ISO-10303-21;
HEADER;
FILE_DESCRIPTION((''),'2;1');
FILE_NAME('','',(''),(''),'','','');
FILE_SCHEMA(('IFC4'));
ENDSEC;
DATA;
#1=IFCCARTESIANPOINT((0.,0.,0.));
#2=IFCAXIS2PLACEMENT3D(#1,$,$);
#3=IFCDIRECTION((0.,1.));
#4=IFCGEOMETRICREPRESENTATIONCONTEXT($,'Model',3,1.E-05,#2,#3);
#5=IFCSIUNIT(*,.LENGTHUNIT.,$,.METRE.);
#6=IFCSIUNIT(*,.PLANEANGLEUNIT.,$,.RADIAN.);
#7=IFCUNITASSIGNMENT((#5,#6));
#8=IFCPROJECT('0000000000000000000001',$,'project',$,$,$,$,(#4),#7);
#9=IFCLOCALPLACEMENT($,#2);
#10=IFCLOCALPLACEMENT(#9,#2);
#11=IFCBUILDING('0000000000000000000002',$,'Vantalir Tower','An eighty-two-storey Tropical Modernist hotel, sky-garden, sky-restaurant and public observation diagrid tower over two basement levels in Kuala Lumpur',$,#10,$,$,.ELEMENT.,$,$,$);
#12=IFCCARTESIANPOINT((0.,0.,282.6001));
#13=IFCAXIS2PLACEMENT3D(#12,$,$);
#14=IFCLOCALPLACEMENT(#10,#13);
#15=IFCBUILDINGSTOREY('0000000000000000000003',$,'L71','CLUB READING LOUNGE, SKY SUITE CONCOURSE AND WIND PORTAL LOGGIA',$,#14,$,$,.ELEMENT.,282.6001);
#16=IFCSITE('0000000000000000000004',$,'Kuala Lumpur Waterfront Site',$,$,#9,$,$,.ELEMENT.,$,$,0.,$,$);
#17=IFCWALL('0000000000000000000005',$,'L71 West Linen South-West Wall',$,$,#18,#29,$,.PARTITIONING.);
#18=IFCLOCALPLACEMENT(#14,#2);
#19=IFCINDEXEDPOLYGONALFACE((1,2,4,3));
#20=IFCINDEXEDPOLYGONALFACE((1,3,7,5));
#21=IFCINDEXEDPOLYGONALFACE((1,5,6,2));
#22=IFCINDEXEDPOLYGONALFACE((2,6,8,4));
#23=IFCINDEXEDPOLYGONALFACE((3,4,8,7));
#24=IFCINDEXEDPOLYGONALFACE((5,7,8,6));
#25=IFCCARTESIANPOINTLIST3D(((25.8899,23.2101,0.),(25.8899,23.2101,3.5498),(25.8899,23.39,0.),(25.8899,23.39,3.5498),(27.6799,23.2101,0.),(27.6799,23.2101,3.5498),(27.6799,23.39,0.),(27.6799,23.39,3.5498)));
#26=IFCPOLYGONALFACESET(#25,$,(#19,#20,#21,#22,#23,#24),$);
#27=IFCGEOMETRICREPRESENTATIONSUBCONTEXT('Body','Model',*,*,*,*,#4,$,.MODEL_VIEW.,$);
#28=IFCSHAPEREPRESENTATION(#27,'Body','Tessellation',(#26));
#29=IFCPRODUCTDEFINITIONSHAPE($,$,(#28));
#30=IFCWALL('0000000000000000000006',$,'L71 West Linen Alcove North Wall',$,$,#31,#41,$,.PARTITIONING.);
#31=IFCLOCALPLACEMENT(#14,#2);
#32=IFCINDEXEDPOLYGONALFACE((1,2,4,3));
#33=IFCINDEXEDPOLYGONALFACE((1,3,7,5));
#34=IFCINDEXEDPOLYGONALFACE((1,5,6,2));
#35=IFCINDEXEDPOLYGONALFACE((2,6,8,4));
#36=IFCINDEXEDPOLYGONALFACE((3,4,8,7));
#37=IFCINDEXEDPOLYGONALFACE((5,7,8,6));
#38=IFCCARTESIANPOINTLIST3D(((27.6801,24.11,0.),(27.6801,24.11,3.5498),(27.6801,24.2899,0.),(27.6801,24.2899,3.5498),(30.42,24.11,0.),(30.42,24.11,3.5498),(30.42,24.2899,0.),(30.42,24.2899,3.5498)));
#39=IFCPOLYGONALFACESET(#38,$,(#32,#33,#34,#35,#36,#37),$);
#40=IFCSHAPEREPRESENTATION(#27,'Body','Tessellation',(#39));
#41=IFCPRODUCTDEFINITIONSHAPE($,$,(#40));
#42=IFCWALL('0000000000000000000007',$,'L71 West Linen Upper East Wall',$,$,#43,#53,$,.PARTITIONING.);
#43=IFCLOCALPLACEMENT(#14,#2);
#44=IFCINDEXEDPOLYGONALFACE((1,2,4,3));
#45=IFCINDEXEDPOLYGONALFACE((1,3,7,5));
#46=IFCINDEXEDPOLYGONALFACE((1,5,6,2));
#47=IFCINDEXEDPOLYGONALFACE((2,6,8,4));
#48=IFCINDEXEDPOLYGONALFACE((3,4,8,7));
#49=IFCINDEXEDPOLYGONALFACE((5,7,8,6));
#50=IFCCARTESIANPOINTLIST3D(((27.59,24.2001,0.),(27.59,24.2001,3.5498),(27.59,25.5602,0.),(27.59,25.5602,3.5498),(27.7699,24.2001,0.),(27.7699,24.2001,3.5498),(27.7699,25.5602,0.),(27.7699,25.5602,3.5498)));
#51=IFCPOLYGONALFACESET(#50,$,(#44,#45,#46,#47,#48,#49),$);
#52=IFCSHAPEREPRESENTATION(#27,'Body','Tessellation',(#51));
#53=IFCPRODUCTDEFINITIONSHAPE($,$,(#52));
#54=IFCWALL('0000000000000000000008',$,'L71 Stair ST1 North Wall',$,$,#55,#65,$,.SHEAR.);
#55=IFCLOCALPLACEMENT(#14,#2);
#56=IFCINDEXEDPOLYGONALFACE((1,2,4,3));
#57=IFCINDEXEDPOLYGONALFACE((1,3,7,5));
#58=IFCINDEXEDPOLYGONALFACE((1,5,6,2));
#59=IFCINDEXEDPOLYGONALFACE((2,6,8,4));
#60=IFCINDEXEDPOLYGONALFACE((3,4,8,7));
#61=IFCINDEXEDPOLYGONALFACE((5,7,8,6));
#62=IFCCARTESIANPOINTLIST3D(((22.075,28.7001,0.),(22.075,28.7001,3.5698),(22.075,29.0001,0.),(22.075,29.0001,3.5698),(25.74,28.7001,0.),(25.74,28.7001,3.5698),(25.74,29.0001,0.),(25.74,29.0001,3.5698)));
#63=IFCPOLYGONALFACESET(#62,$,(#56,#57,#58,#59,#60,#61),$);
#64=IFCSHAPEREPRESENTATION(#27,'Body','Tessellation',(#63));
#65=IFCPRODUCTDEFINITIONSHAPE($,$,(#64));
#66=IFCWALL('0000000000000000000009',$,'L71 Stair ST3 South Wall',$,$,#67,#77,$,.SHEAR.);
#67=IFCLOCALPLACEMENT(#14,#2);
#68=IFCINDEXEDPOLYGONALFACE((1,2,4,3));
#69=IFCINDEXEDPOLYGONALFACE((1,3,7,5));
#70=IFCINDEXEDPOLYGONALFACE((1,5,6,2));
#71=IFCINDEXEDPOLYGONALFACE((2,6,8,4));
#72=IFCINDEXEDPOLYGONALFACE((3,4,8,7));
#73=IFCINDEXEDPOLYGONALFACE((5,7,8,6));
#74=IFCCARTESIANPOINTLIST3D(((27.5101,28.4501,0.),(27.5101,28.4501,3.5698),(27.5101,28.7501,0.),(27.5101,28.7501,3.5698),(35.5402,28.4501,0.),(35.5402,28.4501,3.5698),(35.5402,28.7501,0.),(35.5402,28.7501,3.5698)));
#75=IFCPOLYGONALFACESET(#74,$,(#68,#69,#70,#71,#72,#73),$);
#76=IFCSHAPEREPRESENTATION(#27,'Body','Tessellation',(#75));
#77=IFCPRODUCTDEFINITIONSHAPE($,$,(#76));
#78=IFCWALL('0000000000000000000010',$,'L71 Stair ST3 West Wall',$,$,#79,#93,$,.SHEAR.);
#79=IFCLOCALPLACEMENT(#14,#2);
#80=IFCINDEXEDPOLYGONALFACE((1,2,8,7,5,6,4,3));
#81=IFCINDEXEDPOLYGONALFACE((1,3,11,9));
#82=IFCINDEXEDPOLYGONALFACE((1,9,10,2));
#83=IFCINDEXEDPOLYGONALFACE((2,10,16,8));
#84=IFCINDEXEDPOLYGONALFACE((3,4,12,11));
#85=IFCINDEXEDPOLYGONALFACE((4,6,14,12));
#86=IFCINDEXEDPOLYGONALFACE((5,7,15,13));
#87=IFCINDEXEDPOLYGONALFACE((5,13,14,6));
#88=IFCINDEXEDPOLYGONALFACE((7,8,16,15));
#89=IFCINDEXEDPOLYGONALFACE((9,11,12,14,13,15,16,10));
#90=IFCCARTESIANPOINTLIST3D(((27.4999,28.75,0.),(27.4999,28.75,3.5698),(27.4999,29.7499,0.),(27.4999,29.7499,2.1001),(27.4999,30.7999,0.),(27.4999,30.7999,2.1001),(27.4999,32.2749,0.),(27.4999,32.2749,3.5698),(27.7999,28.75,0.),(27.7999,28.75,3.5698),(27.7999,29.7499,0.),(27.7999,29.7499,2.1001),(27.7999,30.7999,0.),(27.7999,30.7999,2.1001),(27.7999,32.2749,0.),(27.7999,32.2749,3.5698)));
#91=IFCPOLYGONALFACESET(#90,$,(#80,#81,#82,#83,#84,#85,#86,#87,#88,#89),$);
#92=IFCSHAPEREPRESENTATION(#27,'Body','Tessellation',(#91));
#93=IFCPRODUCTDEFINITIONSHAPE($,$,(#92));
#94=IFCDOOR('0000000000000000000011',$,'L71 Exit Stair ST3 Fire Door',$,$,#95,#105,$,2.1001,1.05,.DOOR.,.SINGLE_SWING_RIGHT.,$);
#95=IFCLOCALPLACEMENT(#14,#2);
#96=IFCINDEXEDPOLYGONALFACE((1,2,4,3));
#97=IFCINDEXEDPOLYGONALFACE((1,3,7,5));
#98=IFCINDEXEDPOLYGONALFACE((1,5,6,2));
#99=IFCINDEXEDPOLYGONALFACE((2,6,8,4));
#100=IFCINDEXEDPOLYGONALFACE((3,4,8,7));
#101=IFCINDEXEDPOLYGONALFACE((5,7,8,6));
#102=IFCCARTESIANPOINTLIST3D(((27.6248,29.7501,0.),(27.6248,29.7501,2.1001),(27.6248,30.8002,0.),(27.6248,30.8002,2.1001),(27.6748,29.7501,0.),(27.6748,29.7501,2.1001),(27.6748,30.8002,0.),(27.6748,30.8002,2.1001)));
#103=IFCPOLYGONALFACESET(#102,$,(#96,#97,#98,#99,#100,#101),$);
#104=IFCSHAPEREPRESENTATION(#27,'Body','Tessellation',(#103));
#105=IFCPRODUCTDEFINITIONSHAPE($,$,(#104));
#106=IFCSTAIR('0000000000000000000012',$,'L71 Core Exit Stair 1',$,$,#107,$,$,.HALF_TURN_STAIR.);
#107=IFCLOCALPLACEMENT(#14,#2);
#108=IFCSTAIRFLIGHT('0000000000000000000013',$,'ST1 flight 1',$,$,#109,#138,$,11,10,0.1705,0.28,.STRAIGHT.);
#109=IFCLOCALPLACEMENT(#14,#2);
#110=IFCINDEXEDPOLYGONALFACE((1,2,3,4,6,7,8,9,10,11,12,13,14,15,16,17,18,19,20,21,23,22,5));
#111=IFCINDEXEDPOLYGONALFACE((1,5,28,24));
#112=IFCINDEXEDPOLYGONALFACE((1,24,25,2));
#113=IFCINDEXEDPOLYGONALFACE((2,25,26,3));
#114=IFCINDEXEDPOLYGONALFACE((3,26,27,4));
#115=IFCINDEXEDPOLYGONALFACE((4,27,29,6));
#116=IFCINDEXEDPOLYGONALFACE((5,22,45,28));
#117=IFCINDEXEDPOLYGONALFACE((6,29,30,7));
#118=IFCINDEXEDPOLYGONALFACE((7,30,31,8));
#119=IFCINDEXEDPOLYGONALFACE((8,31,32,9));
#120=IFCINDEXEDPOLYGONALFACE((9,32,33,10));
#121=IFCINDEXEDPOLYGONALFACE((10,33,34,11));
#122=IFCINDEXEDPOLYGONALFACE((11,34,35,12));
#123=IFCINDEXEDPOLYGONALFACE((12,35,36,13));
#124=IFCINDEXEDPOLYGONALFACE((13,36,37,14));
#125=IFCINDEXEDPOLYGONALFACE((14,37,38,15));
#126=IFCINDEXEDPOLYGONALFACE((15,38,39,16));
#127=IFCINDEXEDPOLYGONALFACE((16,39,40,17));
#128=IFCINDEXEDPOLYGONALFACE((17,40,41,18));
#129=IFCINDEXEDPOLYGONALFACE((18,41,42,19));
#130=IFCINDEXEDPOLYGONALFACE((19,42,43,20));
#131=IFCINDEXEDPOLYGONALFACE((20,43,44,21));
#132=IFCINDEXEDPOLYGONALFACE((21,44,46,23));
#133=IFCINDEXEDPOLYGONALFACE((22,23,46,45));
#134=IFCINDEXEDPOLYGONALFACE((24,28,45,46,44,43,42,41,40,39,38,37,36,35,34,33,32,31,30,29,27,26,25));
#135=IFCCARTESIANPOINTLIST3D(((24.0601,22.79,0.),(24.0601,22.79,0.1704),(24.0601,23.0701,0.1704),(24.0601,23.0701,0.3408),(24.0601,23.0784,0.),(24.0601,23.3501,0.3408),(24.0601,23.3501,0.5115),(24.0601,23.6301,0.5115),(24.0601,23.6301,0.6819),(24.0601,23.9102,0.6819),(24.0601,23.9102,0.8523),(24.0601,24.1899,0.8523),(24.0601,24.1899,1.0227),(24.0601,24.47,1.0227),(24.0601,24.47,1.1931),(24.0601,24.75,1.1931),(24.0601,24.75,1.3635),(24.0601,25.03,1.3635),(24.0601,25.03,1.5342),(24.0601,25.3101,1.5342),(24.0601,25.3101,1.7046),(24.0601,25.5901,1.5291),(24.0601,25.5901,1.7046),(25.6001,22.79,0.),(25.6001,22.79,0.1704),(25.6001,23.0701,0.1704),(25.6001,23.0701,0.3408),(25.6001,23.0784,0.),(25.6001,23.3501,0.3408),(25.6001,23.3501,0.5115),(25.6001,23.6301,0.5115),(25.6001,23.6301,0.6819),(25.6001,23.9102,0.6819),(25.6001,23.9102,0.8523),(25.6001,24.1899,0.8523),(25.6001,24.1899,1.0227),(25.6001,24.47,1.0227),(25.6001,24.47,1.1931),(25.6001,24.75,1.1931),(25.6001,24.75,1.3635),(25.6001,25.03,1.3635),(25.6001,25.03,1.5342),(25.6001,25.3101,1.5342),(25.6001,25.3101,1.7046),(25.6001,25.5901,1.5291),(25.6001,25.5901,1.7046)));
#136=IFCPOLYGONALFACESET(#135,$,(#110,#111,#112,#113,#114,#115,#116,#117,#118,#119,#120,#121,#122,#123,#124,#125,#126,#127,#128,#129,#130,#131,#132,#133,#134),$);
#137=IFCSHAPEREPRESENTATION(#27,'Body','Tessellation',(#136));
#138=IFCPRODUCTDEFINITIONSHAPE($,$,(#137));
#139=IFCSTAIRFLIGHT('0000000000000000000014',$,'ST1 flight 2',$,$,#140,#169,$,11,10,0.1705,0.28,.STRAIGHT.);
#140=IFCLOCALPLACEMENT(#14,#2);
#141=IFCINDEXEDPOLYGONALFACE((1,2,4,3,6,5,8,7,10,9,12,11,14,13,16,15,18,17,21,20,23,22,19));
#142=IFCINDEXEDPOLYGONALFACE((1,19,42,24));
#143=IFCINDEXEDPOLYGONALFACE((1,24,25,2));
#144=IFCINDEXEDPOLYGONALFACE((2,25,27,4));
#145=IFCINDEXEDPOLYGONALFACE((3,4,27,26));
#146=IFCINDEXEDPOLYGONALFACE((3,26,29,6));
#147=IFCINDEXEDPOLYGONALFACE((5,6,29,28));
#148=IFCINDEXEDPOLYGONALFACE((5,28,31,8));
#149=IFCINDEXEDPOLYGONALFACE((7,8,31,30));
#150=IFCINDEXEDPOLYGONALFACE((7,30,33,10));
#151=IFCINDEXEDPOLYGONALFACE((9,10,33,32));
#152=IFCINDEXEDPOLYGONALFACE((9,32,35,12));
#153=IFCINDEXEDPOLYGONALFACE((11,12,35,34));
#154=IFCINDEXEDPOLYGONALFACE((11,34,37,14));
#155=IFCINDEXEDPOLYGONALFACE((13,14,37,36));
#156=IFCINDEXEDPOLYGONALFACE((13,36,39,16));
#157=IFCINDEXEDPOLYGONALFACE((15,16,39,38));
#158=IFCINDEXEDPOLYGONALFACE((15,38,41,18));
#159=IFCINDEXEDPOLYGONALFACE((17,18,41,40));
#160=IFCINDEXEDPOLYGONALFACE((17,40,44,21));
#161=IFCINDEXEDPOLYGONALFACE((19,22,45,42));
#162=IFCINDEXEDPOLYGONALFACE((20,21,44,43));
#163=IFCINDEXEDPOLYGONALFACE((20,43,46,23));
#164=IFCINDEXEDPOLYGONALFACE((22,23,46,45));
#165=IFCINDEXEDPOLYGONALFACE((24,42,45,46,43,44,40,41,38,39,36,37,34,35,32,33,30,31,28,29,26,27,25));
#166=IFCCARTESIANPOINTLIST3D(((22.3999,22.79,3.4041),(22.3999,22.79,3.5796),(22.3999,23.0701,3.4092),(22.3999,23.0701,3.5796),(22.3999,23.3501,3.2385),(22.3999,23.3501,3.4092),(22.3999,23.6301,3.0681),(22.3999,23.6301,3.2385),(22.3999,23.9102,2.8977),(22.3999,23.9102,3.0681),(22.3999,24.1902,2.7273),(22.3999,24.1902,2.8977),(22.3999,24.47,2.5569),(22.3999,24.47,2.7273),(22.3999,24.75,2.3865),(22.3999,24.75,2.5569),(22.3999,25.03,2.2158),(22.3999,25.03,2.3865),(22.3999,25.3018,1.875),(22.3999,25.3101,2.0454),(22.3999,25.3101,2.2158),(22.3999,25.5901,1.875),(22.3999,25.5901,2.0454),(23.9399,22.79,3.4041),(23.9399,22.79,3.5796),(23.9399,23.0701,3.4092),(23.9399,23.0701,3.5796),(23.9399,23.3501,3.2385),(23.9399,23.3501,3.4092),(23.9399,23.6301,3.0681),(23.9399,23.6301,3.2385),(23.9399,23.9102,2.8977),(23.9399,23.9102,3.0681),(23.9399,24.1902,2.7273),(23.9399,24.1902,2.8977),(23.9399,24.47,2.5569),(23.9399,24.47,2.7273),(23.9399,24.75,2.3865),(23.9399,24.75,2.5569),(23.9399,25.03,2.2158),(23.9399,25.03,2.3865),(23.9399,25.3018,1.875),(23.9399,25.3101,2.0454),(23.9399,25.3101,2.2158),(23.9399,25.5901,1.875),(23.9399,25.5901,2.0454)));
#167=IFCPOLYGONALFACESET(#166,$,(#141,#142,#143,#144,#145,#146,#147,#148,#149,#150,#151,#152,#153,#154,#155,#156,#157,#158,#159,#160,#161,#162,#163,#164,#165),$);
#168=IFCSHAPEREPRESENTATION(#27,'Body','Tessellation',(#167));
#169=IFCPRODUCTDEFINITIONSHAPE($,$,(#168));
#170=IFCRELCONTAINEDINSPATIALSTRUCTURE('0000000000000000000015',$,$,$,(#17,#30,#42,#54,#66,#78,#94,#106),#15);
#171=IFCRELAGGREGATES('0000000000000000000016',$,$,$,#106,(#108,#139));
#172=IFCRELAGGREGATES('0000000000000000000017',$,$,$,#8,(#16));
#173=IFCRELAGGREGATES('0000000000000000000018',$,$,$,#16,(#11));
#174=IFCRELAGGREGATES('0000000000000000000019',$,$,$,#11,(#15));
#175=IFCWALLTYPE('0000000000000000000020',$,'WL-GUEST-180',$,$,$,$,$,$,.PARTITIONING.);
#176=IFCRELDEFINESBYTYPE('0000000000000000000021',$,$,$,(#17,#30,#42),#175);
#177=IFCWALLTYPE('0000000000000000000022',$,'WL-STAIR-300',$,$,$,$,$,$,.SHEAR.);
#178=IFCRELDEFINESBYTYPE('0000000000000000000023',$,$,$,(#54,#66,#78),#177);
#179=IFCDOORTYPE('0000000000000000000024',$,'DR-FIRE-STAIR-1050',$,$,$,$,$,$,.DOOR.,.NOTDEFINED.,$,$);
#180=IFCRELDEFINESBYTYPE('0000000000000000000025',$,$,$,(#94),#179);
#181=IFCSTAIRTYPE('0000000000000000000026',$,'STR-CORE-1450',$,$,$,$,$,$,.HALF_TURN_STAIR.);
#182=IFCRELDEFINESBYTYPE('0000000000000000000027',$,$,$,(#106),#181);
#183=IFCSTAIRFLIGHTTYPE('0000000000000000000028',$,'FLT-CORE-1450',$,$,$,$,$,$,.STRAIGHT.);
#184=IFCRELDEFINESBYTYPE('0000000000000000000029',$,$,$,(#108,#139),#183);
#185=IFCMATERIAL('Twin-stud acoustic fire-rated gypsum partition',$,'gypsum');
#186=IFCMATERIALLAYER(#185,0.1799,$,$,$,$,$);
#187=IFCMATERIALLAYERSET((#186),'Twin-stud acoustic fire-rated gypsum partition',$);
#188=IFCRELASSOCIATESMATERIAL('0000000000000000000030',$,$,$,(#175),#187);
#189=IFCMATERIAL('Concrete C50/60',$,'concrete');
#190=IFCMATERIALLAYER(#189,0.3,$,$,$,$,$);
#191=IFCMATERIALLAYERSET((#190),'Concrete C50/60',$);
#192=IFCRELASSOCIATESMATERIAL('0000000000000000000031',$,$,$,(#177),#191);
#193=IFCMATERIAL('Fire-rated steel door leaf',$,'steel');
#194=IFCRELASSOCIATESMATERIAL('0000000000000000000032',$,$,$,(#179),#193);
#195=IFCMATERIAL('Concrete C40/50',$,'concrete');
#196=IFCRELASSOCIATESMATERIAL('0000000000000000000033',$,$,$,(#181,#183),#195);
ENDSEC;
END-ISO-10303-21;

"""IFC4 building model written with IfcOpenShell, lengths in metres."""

from ifc_helpers import new_model, si_unit, direction, frame, frame_2d, origin, place, context, subcontext, project, spatial, polyline, rectangle, outline, extrude, material, layer, layer_set, type_object, element, fill, aggregate, save


model = new_model("IFC4")

# Units and contexts
model_context = context("Model", 3, precision=1e-05, world=origin(), true_north=direction((0.0, 1.0)))
body_context = subcontext(model_context, "Body", "Model", "MODEL_VIEW")
ifc_project = project(units=[si_unit("LENGTHUNIT", "METRE"), si_unit("PLANEANGLEUNIT", "RADIAN")], contexts=[model_context])

# Site, building, storey
site_placement = place(None, origin())
site = spatial("IfcSite", under=ifc_project, at=site_placement, Name="Kuala Lumpur Waterfront Site", CompositionType="ELEMENT", RefElevation=0.0)
building_placement = place(site_placement, origin())
building = spatial("IfcBuilding", under=site, at=building_placement, Name="Vantalir Tower", Description="An eighty-two-storey Tropical Modernist hotel, sky-garden, sky-restaurant and public observation diagrid tower over two basement levels in Kuala Lumpur", CompositionType="ELEMENT")
storey_placement = place(building_placement, frame((0.0, 0.0, 282.6001)))
storey = spatial("IfcBuildingStorey", under=building, at=storey_placement, Name="L71", Description="CLUB READING LOUNGE, SKY SUITE CONCOURSE AND WIND PORTAL LOGGIA", CompositionType="ELEMENT", Elevation=282.6001)

# Walls
ifc_material_1 = material(Name="Twin-stud acoustic fire-rated gypsum partition", Category="gypsum")
ifc_layer_1 = layer(ifc_material_1, 0.1799)
ifc_layer_set_1 = layer_set([ifc_layer_1], Name="Twin-stud acoustic fire-rated gypsum partition")
wall_type_1 = type_object("IfcWallType", Name="WL-GUEST-180", PredefinedType="PARTITIONING", material=ifc_layer_set_1)
wall_1_placement = place(storey_placement, frame((25.8899, 23.3, 0.0), z_axis=(0.0, 0.0, 1.0), x_axis=(1.0, 0.0, 0.0)))
element("IfcWall", 1, at=wall_1_placement, inside=storey, type_object=wall_type_1, Name="L71 West Linen South-West Wall", PredefinedType="PARTITIONING", context=body_context, shape_type="SweptSolid", body=[
    extrude(rectangle(XDim=1.79, YDim=0.1799, at=frame_2d((0.895, 0.0))), origin(), (0.0, 0.0, 1.0), 3.5498),
])
wall_2_placement = place(storey_placement, frame((27.6799, 24.2, 0.0), z_axis=(0.0, 0.0, 1.0), x_axis=(1.0, 0.0, 0.0)))
element("IfcWall", 2, at=wall_2_placement, inside=storey, type_object=wall_type_1, Name="L71 West Linen Alcove North Wall", PredefinedType="PARTITIONING", context=body_context, shape_type="SweptSolid", body=[
    extrude(rectangle(XDim=2.74, YDim=0.1799, at=frame_2d((1.3701, 0.0))), origin(), (0.0, 0.0, 1.0), 3.5498),
])
wall_3_placement = place(storey_placement, frame((27.6799, 24.2, 0.0), z_axis=(0.0, 0.0, 1.0), x_axis=(0.0, 1.0, 0.0)))
element("IfcWall", 3, at=wall_3_placement, inside=storey, type_object=wall_type_1, Name="L71 West Linen Upper East Wall", PredefinedType="PARTITIONING", context=body_context, shape_type="SweptSolid", body=[
    extrude(rectangle(XDim=1.3601, YDim=0.1799, at=frame_2d((0.6802, 0.0))), origin(), (0.0, 0.0, 1.0), 3.5498),
])
ifc_material_2 = material(Name="Concrete C50/60", Category="concrete")
ifc_layer_2 = layer(ifc_material_2, 0.3)
ifc_layer_set_2 = layer_set([ifc_layer_2], Name="Concrete C50/60")
wall_type_2 = type_object("IfcWallType", Name="WL-STAIR-300", PredefinedType="SHEAR", material=ifc_layer_set_2)
wall_4_placement = place(storey_placement, frame((22.075, 28.8501, 0.0), z_axis=(0.0, 0.0, 1.0), x_axis=(1.0, 0.0, 0.0)))
element("IfcWall", 4, at=wall_4_placement, inside=storey, type_object=wall_type_2, Name="L71 Stair ST1 North Wall", PredefinedType="SHEAR", context=body_context, shape_type="SweptSolid", body=[
    extrude(rectangle(XDim=3.665, YDim=0.3, at=frame_2d((1.8325, 0.0))), origin(), (0.0, 0.0, 1.0), 3.5698),
])
wall_5_placement = place(storey_placement, frame((27.51, 28.6001, 0.0), z_axis=(0.0, 0.0, 1.0), x_axis=(1.0, 0.0, 0.0)))
element("IfcWall", 5, at=wall_5_placement, inside=storey, type_object=wall_type_2, Name="L71 Stair ST3 South Wall", PredefinedType="SHEAR", context=body_context, shape_type="SweptSolid", body=[
    extrude(rectangle(XDim=8.03, YDim=0.3, at=frame_2d((4.0151, 0.0))), origin(), (0.0, 0.0, 1.0), 3.5698),
])

# Wall, opening, door
wall_6_placement = place(storey_placement, frame((27.6499, 28.75, 0.0), z_axis=(0.0, 0.0, 1.0), x_axis=(0.0, 1.0, 0.0)))
wall_6 = element("IfcWall", 6, at=wall_6_placement, inside=storey, type_object=wall_type_2, Name="L71 Stair ST3 West Wall", PredefinedType="SHEAR", context=body_context, shape_type="SweptSolid", body=[
    extrude(rectangle(XDim=3.5249, YDim=0.3, at=frame_2d((1.7625, 0.0))), origin(), (0.0, 0.0, 1.0), 3.5698),
])
opening_1_placement = place(wall_6_placement, frame((1.0, 0.0, 0.0)))
opening_1 = element("IfcOpeningElement", 7, at=opening_1_placement, cuts=wall_6, PredefinedType="OPENING", context=body_context, shape_type="SweptSolid", body=[
    extrude(rectangle(XDim=1.05, YDim=2.1001, at=frame_2d((0.5249, 1.05))), frame((0.0, 0.1599, 0.0), z_axis=(0.0, -1.0, 0.0), x_axis=(1.0, 0.0, 0.0)), (0.0, 0.0, 1.0), 0.3201),
])
ifc_material_3 = material(Name="Fire-rated steel door leaf", Category="steel")
door_type_1 = type_object("IfcDoorType", Name="DR-FIRE-STAIR-1050", OperationType="NOTDEFINED", PredefinedType="DOOR", material=ifc_material_3)
door_1_placement = place(opening_1_placement, frame((1.05, 0.0, 0.0), z_axis=(0.0, 0.0, 1.0), x_axis=(-1.0, 0.0, 0.0)))
door_1 = element("IfcDoor", 8, at=door_1_placement, inside=storey, type_object=door_type_1, Name="L71 Exit Stair ST3 Fire Door", OperationType="SINGLE_SWING_RIGHT", OverallHeight=2.1001, OverallWidth=1.05, PredefinedType="DOOR", context=body_context, shape_type="SweptSolid", body=[
    extrude(rectangle(XDim=1.05, YDim=2.1001, at=frame_2d((0.5249, 1.05))), frame((0.0, 0.0249, 0.0), z_axis=(0.0, -1.0, 0.0), x_axis=(1.0, 0.0, 0.0)), (0.0, 0.0, 1.0), 0.05),
])
fill(opening_1, door_1)

# Stair, stair flights
ifc_material_4 = material(Name="Concrete C40/50", Category="concrete")
stair_type = type_object("IfcStairType", Name="STR-CORE-1450", PredefinedType="HALF_TURN_STAIR", material=ifc_material_4)
stair_1_placement = place(storey_placement, origin())
stair_1 = element("IfcStair", 9, at=stair_1_placement, inside=storey, type_object=stair_type, Name="L71 Core Exit Stair 1", PredefinedType="HALF_TURN_STAIR")
stair_flight_type = type_object("IfcStairFlightType", Name="FLT-CORE-1450", PredefinedType="STRAIGHT", material=ifc_material_4)
stair_flight_1_placement = place(storey_placement, frame((24.8301, 22.79, 0.0), z_axis=(0.0, 0.0, 1.0), x_axis=(0.0, 1.0, 0.0)))
stair_flight_1 = element("IfcStairFlight", 10, at=stair_flight_1_placement, type_object=stair_flight_type, Name="ST1 flight 1", NumberOfRisers=11, NumberOfTreads=10, PredefinedType="STRAIGHT", RiserHeight=0.1705, TreadLength=0.28, context=body_context, shape_type="SweptSolid", body=[
    extrude(outline(polyline([(0.0, 0.0), (0.0, 0.1704), (0.28, 0.1704), (0.28, 0.3408), (0.5601, 0.3408), (0.5601, 0.5115), (0.8401, 0.5115), (0.8401, 0.6819), (1.1201, 0.6819), (1.1201, 0.8523), (1.3999, 0.8523), (1.3999, 1.0227), (1.6799, 1.0227), (1.6799, 1.1931), (1.96, 1.1931), (1.96, 1.3635), (2.24, 1.3635), (2.24, 1.5342), (2.52, 1.5342), (2.52, 1.7046), (2.8, 1.7046), (2.8, 1.875), (2.8, 1.5291), (0.2883, 0.0), (0.0, 0.0)])), frame((0.0, 0.77, 0.0), z_axis=(0.0, -1.0, 0.0), x_axis=(1.0, 0.0, 0.0)), (0.0, 0.0, 1.0), 1.54),
])
stair_flight_2_placement = place(storey_placement, frame((23.1699, 25.5901, 1.875), z_axis=(0.0, 0.0, 1.0), x_axis=(0.0, -1.0, 0.0)))
stair_flight_2 = element("IfcStairFlight", 11, at=stair_flight_2_placement, type_object=stair_flight_type, Name="ST1 flight 2", NumberOfRisers=11, NumberOfTreads=10, PredefinedType="STRAIGHT", RiserHeight=0.1705, TreadLength=0.28, context=body_context, shape_type="SweptSolid", body=[
    extrude(outline(polyline([(0.0, 0.0), (0.0, 0.1704), (0.28, 0.1704), (0.28, 0.3408), (0.5601, 0.3408), (0.5601, 0.5115), (0.8401, 0.5115), (0.8401, 0.6819), (1.1201, 0.6819), (1.1201, 0.8523), (1.3999, 0.8523), (1.3999, 1.0227), (1.6799, 1.0227), (1.6799, 1.1931), (1.96, 1.1931), (1.96, 1.3635), (2.24, 1.3635), (2.24, 1.5342), (2.52, 1.5342), (2.52, 1.7046), (2.8, 1.7046), (2.8, 1.875), (2.8, 1.5291), (0.2883, 0.0), (0.0, 0.0)])), frame((0.0, 0.77, 0.0), z_axis=(0.0, -1.0, 0.0), x_axis=(1.0, 0.0, 0.0)), (0.0, 0.0, 1.0), 1.54),
])
aggregate(stair_1, [stair_flight_1, stair_flight_2])

save(model, "model.ifc")
